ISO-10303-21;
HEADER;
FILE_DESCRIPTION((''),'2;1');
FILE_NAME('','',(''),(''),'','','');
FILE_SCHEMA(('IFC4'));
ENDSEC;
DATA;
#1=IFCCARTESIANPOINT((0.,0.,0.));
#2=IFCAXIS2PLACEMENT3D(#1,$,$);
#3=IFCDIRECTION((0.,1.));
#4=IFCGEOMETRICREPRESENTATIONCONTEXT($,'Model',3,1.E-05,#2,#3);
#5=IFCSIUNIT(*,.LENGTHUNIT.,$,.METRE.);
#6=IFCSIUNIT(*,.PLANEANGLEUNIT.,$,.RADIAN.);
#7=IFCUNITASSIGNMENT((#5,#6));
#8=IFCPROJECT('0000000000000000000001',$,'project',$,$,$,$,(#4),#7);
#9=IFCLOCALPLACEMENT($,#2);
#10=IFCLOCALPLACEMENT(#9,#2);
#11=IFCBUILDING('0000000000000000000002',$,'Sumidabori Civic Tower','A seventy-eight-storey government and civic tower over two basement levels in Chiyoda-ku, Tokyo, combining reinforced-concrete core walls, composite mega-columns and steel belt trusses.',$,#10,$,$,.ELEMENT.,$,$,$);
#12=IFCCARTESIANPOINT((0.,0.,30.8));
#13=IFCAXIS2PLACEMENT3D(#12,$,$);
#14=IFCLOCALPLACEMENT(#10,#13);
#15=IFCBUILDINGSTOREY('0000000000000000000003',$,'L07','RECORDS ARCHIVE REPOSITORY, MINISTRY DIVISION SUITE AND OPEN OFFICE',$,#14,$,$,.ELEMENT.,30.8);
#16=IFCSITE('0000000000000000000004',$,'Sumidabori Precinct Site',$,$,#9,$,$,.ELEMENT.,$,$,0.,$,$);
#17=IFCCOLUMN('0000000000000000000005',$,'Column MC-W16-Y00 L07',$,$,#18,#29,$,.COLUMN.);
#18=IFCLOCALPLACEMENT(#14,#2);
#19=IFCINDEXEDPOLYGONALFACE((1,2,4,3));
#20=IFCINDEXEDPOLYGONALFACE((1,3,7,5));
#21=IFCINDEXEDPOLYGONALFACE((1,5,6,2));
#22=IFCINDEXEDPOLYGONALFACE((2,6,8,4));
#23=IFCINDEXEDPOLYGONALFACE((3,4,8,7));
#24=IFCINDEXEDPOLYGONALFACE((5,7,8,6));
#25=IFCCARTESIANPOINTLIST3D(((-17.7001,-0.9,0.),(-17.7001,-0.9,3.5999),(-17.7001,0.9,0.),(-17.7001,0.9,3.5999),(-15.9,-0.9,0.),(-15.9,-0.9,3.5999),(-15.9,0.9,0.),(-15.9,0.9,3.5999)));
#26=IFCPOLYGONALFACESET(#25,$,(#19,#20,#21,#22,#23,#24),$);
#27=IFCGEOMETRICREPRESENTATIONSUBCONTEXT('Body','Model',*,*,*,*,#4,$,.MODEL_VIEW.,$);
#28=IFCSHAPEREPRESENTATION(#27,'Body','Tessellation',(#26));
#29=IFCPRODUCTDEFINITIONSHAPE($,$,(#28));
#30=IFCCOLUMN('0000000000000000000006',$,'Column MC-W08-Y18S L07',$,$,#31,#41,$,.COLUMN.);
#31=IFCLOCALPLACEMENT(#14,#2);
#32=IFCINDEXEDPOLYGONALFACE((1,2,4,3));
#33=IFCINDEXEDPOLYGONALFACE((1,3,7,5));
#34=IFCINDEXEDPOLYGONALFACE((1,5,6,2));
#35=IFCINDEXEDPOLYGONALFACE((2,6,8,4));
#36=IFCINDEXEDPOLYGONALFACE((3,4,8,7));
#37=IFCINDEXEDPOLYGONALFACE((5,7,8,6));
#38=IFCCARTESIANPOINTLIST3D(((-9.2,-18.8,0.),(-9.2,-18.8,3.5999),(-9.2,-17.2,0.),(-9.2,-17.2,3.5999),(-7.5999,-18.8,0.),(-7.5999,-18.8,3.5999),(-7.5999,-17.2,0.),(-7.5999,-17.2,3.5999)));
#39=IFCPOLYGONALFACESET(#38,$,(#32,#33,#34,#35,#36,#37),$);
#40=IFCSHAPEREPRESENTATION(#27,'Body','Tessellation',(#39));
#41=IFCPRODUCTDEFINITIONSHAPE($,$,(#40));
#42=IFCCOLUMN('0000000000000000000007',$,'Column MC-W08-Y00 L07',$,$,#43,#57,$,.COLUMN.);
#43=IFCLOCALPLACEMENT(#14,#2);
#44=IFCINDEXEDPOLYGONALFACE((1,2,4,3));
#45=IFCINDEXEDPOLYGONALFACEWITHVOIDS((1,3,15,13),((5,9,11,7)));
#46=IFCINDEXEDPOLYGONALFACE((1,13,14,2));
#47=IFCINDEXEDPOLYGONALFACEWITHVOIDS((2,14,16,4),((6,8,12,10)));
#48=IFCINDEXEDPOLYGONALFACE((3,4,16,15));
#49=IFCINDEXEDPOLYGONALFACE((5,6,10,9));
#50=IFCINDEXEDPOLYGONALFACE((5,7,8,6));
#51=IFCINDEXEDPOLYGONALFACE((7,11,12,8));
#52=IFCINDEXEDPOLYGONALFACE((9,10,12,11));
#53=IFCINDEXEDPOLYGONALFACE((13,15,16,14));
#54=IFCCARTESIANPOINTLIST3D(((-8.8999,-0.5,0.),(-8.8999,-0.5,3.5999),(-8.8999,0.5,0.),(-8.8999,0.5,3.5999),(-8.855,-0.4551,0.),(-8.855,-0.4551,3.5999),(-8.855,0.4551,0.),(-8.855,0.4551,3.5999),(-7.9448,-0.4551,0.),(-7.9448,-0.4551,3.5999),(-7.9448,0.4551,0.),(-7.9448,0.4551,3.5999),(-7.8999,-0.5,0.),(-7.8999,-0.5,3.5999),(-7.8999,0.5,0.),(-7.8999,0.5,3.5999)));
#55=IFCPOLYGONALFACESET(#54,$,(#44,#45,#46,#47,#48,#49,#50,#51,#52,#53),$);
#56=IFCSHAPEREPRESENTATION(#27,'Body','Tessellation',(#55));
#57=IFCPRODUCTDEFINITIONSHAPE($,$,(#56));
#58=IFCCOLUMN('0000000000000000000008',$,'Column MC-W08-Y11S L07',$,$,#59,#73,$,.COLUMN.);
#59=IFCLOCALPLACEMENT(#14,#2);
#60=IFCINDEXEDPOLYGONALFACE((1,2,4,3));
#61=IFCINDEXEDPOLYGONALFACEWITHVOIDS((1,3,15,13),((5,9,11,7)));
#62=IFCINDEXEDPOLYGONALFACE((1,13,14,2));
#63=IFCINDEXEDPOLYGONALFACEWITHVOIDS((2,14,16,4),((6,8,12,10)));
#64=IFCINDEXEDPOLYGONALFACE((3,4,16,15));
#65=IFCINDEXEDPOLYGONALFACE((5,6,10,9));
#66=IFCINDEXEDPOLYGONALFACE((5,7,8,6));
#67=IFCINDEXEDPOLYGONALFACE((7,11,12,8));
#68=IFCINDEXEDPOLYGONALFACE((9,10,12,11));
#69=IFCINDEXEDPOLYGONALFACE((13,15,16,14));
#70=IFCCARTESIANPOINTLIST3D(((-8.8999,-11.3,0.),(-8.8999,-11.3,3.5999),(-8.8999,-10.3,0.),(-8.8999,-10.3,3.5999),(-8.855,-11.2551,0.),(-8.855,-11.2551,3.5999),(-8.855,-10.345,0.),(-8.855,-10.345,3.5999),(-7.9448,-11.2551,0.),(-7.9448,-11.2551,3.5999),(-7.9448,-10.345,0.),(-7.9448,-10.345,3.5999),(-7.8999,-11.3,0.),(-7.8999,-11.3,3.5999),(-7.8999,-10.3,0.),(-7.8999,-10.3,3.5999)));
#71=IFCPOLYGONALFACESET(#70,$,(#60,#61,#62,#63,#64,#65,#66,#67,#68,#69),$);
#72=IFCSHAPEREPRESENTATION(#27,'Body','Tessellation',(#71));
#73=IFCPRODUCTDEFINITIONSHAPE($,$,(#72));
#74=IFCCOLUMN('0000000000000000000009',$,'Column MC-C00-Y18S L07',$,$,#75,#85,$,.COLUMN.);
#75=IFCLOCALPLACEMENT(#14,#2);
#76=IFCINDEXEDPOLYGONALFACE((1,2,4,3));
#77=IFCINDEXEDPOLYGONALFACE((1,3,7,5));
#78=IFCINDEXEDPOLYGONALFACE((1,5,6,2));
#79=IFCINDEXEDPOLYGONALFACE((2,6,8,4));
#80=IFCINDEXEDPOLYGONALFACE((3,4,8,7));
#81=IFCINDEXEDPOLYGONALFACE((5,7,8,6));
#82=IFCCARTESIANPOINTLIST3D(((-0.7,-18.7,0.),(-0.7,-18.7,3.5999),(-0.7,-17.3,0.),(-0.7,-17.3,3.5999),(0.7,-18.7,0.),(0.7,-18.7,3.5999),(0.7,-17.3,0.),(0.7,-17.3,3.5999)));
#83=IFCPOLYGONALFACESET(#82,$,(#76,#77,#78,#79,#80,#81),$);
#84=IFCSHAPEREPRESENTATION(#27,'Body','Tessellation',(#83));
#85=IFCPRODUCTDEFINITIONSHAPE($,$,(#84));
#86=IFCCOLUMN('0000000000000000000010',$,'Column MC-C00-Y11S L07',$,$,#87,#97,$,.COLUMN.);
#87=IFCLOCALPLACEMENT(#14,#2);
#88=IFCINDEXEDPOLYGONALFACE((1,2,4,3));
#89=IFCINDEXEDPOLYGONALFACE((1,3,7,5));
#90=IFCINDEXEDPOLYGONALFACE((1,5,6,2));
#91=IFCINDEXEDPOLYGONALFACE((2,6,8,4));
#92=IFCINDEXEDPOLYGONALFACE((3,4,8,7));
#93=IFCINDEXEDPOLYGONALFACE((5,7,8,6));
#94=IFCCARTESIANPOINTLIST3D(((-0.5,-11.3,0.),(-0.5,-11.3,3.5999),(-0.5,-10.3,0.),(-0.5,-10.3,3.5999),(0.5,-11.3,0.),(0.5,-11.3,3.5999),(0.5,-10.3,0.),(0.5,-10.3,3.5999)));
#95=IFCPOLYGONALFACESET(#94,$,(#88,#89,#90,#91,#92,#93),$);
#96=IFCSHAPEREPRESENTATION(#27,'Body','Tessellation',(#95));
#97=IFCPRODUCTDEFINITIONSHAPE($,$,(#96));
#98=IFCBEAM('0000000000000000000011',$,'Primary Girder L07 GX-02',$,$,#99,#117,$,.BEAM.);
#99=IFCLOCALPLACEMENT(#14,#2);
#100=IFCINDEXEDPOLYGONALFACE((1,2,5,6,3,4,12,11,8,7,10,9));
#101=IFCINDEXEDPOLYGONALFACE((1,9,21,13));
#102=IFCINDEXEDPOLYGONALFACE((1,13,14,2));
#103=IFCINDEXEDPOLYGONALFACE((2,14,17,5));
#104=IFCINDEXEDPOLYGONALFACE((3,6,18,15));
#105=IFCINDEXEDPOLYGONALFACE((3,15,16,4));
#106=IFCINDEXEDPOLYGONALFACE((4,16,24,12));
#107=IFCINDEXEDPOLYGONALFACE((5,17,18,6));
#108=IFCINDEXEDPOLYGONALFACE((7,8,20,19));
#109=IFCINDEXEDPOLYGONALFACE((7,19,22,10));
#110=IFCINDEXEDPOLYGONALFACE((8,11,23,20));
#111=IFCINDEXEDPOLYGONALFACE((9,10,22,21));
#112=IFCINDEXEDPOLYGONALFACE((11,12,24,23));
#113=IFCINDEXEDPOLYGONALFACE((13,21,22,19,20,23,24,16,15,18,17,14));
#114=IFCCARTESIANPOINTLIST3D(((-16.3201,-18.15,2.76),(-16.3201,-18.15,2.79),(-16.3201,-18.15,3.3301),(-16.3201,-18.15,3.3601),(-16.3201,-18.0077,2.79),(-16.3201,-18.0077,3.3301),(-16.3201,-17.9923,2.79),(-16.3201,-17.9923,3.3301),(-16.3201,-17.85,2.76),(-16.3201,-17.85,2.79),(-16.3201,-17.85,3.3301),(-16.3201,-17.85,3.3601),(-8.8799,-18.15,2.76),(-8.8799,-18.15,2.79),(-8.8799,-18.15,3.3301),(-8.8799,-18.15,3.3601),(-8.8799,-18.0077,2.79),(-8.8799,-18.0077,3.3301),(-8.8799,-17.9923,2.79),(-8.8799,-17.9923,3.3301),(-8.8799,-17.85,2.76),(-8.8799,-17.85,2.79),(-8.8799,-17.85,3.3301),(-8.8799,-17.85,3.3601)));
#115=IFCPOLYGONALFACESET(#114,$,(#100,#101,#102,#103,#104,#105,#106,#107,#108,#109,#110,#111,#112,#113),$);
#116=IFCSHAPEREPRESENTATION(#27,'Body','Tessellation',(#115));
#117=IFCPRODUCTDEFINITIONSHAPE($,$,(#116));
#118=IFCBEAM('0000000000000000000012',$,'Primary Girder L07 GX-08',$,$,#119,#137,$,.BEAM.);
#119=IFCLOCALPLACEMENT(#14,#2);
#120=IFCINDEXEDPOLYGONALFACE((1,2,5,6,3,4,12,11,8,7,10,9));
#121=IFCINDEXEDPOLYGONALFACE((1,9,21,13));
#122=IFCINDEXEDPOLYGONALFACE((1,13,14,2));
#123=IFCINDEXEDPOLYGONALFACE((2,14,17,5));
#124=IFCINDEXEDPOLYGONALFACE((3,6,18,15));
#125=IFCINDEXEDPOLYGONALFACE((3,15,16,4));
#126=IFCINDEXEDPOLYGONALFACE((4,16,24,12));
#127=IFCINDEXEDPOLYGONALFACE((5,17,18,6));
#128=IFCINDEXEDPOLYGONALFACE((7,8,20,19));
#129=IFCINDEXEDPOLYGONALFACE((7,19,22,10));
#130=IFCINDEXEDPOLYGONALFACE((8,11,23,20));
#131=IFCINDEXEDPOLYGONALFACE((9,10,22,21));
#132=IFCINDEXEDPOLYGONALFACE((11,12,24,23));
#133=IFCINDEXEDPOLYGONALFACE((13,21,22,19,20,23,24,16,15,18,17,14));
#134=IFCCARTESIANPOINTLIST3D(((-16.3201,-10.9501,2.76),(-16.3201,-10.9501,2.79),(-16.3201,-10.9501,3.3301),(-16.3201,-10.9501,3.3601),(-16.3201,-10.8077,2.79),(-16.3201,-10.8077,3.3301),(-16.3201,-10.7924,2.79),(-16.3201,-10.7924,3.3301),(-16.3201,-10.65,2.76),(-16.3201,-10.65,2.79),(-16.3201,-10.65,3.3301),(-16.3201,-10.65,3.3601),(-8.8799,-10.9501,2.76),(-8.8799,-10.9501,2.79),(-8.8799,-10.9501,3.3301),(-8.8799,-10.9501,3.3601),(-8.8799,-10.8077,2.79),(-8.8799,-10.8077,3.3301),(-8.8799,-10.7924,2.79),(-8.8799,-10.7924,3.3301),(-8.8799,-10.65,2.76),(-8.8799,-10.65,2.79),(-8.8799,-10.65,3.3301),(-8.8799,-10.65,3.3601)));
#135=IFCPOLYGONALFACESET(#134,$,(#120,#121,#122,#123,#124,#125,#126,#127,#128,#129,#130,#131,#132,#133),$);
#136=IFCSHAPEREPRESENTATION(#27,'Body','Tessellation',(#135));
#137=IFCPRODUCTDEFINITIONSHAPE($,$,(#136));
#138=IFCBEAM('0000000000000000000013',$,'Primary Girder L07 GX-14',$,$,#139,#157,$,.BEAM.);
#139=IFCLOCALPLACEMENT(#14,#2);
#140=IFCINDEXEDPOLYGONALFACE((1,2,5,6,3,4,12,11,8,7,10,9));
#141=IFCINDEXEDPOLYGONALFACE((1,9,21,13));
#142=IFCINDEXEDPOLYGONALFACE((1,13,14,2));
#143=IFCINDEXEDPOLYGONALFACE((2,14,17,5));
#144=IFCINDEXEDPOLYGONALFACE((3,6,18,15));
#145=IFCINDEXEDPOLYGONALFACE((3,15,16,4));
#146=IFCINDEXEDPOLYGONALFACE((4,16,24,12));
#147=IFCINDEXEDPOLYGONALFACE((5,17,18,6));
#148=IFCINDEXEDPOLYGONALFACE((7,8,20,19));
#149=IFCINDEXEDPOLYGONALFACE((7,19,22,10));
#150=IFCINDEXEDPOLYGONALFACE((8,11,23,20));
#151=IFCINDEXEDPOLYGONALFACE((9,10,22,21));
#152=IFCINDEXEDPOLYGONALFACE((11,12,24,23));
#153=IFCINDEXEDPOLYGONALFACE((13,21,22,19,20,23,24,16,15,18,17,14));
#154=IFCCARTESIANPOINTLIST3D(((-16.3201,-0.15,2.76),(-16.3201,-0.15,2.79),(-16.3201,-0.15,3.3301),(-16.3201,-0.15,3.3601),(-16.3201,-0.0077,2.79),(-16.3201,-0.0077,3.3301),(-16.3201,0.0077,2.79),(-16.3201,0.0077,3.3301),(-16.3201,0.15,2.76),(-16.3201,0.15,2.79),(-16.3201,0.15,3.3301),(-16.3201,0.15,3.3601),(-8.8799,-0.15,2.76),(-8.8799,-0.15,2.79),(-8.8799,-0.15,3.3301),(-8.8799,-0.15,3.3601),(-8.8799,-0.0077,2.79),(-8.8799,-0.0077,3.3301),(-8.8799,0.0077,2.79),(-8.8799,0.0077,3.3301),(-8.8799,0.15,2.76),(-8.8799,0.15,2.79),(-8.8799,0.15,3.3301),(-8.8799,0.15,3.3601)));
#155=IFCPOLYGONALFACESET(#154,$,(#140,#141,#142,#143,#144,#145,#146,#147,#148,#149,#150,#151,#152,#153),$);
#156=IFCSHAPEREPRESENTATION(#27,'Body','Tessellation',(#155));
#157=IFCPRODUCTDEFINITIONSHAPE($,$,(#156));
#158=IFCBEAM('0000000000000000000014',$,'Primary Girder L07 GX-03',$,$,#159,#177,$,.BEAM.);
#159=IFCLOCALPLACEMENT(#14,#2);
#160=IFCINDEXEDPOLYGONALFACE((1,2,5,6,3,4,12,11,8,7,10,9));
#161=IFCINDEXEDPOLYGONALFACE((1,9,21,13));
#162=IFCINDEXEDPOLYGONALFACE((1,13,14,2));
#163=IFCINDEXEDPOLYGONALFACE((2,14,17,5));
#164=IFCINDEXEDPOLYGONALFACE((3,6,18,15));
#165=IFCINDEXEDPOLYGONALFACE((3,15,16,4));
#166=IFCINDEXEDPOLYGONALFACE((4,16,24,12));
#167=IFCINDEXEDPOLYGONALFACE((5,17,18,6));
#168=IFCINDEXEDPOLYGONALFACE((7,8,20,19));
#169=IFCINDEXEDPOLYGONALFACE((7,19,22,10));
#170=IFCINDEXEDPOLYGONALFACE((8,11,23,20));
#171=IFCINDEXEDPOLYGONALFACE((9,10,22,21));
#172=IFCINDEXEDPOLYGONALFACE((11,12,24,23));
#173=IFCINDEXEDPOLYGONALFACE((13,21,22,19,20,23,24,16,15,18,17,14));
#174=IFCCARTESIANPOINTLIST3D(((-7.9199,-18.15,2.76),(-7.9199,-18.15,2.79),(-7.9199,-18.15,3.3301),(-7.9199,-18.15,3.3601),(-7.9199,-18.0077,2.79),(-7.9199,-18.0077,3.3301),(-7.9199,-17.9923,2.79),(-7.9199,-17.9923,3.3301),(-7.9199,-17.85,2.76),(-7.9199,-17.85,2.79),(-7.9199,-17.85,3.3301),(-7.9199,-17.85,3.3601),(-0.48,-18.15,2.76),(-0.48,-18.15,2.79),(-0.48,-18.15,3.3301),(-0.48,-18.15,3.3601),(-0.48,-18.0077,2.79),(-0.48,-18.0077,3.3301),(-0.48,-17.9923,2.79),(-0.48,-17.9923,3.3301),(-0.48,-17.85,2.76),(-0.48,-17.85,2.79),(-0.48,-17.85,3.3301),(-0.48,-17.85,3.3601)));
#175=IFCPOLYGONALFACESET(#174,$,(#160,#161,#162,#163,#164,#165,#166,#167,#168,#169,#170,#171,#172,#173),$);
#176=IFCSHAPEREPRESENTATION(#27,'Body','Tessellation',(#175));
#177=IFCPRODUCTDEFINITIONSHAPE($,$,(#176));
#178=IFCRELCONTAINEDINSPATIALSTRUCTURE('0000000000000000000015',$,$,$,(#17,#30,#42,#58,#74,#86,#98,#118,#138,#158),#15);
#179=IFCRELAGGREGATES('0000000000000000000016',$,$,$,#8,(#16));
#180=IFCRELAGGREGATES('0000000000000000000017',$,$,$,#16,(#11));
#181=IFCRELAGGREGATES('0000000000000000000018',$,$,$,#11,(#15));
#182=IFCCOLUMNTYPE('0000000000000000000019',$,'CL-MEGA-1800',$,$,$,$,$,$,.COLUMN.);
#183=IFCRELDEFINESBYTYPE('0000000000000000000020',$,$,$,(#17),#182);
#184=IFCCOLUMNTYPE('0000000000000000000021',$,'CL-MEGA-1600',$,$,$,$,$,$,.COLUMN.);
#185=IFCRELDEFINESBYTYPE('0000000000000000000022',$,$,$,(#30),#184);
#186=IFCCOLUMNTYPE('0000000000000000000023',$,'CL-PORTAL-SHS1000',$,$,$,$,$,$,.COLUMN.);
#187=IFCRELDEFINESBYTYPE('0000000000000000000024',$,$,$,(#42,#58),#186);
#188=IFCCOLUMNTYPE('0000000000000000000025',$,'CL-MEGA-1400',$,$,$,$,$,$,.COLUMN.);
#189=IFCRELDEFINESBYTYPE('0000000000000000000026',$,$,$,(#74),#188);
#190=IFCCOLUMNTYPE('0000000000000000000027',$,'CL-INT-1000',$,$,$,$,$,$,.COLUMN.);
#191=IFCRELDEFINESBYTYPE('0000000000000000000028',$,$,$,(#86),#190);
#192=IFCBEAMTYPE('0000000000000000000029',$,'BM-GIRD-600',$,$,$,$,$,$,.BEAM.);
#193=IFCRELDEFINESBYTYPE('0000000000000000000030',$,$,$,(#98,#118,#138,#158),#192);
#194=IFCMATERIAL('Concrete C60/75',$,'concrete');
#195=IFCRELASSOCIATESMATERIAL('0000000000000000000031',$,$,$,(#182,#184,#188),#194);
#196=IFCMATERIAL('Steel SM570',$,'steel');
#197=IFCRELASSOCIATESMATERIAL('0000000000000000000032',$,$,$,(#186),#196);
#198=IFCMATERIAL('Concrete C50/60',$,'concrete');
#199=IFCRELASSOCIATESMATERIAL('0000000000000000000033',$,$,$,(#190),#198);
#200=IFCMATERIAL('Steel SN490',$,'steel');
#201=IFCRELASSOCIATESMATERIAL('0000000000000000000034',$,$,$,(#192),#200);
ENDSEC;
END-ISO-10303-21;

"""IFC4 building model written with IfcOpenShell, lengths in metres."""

from ifc_helpers import new_model, si_unit, direction, frame, origin, origin_2d, place, context, subcontext, project, spatial, rectangle, hollow_rectangle, i_section, extrude, source, transform, mapped, material, material_profile, profile_set, type_object, element, save


model = new_model("IFC4")

# Units and contexts
model_context = context("Model", 3, precision=1e-05, world=origin(), true_north=direction((0.0, 1.0)))
body_context = subcontext(model_context, "Body", "Model", "MODEL_VIEW")
ifc_project = project(units=[si_unit("LENGTHUNIT", "METRE"), si_unit("PLANEANGLEUNIT", "RADIAN")], contexts=[model_context])

# Site, building, storey
site_placement = place(None, origin())
site = spatial("IfcSite", under=ifc_project, at=site_placement, Name="Sumidabori Precinct Site", CompositionType="ELEMENT", RefElevation=0.0)
building_placement = place(site_placement, origin())
building = spatial("IfcBuilding", under=site, at=building_placement, Name="Sumidabori Civic Tower", Description="A seventy-eight-storey government and civic tower over two basement levels in Chiyoda-ku, Tokyo, combining reinforced-concrete core walls, composite mega-columns and steel belt trusses.", CompositionType="ELEMENT")
storey_placement = place(building_placement, frame((0.0, 0.0, 30.8)))
storey = spatial("IfcBuildingStorey", under=building, at=storey_placement, Name="L07", Description="RECORDS ARCHIVE REPOSITORY, MINISTRY DIVISION SUITE AND OPEN OFFICE", CompositionType="ELEMENT", Elevation=30.8)

# Columns
ifc_material_1 = material(Name="Concrete C60/75", Category="concrete")
ifc_material_profile_1 = material_profile(ifc_material_1, rectangle(XDim=1.8, YDim=1.8, at=origin_2d()), Name="RC 1800x1800")
ifc_profile_set_1 = profile_set([ifc_material_profile_1], Name="Concrete C60/75")
column_type_1 = type_object("IfcColumnType", Name="CL-MEGA-1800", PredefinedType="COLUMN", material=ifc_profile_set_1)
shared_shape_1 = source(origin(), body_context, "Body", "SweptSolid", [
    extrude(rectangle(XDim=1.8, YDim=1.8, at=origin_2d()), origin(), (0.0, 0.0, 1.0), 3.5999),
])
column_1_placement = place(storey_placement, frame((-16.8, 0.0, 0.0), z_axis=(0.0, 0.0, 1.0), x_axis=(1.0, 0.0, 0.0)))
element("IfcColumn", 1, at=column_1_placement, inside=storey, type_object=column_type_1, Name="Column MC-W16-Y00 L07", PredefinedType="COLUMN", context=body_context, shape_type="MappedRepresentation", body=[
    mapped(shared_shape_1, transform((0.0, 0.0, 0.0), x_axis=(1.0, 0.0, 0.0), y_axis=(0.0, 1.0, 0.0), z_axis=(0.0, 0.0, 1.0), scale=1.0)),
])
ifc_material_profile_2 = material_profile(ifc_material_1, rectangle(XDim=1.6001, YDim=1.6001, at=origin_2d()), Name="RC 1600x1600")
ifc_profile_set_2 = profile_set([ifc_material_profile_2], Name="Concrete C60/75")
column_type_2 = type_object("IfcColumnType", Name="CL-MEGA-1600", PredefinedType="COLUMN", material=ifc_profile_set_2)
shared_shape_2 = source(origin(), body_context, "Body", "SweptSolid", [
    extrude(rectangle(XDim=1.6001, YDim=1.6001, at=origin_2d()), origin(), (0.0, 0.0, 1.0), 3.5999),
])
column_2_placement = place(storey_placement, frame((-8.3999, -18.0, 0.0), z_axis=(0.0, 0.0, 1.0), x_axis=(1.0, 0.0, 0.0)))
element("IfcColumn", 2, at=column_2_placement, inside=storey, type_object=column_type_2, Name="Column MC-W08-Y18S L07", PredefinedType="COLUMN", context=body_context, shape_type="MappedRepresentation", body=[
    mapped(shared_shape_2, transform((0.0, 0.0, 0.0), x_axis=(1.0, 0.0, 0.0), y_axis=(0.0, 1.0, 0.0), z_axis=(0.0, 0.0, 1.0), scale=1.0)),
])
ifc_material_2 = material(Name="Steel SM570", Category="steel")
ifc_material_profile_3 = material_profile(ifc_material_2, hollow_rectangle(XDim=1.0, YDim=1.0, WallThickness=0.0449, at=origin_2d()), Name="SHS 1000x1000x45")
ifc_profile_set_3 = profile_set([ifc_material_profile_3], Name="Steel SM570")
column_type_3 = type_object("IfcColumnType", Name="CL-PORTAL-SHS1000", PredefinedType="COLUMN", material=ifc_profile_set_3)
shared_shape_3 = source(origin(), body_context, "Body", "SweptSolid", [
    extrude(hollow_rectangle(XDim=1.0, YDim=1.0, WallThickness=0.0449, at=origin_2d()), origin(), (0.0, 0.0, 1.0), 3.5999),
])
for number, where, z_axis, x_axis, name in (
    (3, (-8.3999, 0.0, 0.0), (0.0, 0.0, 1.0), (1.0, 0.0, 0.0), "Column MC-W08-Y00 L07"),
    (4, (-8.3999, -10.8, 0.0), (0.0, 0.0, 1.0), (1.0, 0.0, 0.0), "Column MC-W08-Y11S L07"),
):
    element("IfcColumn", number, at=place(storey_placement, frame(where, z_axis=z_axis, x_axis=x_axis)), inside=storey, type_object=column_type_3, Name=name, PredefinedType="COLUMN", context=body_context, shape_type="MappedRepresentation", body=[
        mapped(shared_shape_3, transform((0.0, 0.0, 0.0), x_axis=(1.0, 0.0, 0.0), y_axis=(0.0, 1.0, 0.0), z_axis=(0.0, 0.0, 1.0), scale=1.0)),
    ])
ifc_material_profile_4 = material_profile(ifc_material_1, rectangle(XDim=1.3999, YDim=1.3999, at=origin_2d()), Name="RC 1400x1400")
ifc_profile_set_4 = profile_set([ifc_material_profile_4], Name="Concrete C60/75")
column_type_4 = type_object("IfcColumnType", Name="CL-MEGA-1400", PredefinedType="COLUMN", material=ifc_profile_set_4)
shared_shape_4 = source(origin(), body_context, "Body", "SweptSolid", [
    extrude(rectangle(XDim=1.3999, YDim=1.3999, at=origin_2d()), origin(), (0.0, 0.0, 1.0), 3.5999),
])
column_3_placement = place(storey_placement, frame((0.0, -18.0, 0.0), z_axis=(0.0, 0.0, 1.0), x_axis=(1.0, 0.0, 0.0)))
element("IfcColumn", 5, at=column_3_placement, inside=storey, type_object=column_type_4, Name="Column MC-C00-Y18S L07", PredefinedType="COLUMN", context=body_context, shape_type="MappedRepresentation", body=[
    mapped(shared_shape_4, transform((0.0, 0.0, 0.0), x_axis=(1.0, 0.0, 0.0), y_axis=(0.0, 1.0, 0.0), z_axis=(0.0, 0.0, 1.0), scale=1.0)),
])
ifc_material_3 = material(Name="Concrete C50/60", Category="concrete")
ifc_material_profile_5 = material_profile(ifc_material_3, rectangle(XDim=1.0, YDim=1.0, at=origin_2d()), Name="RC 1000x1000")
ifc_profile_set_5 = profile_set([ifc_material_profile_5], Name="Concrete C50/60")
column_type_5 = type_object("IfcColumnType", Name="CL-INT-1000", PredefinedType="COLUMN", material=ifc_profile_set_5)
shared_shape_5 = source(origin(), body_context, "Body", "SweptSolid", [
    extrude(rectangle(XDim=1.0, YDim=1.0, at=origin_2d()), origin(), (0.0, 0.0, 1.0), 3.5999),
])
column_4_placement = place(storey_placement, frame((0.0, -10.8, 0.0), z_axis=(0.0, 0.0, 1.0), x_axis=(1.0, 0.0, 0.0)))
element("IfcColumn", 6, at=column_4_placement, inside=storey, type_object=column_type_5, Name="Column MC-C00-Y11S L07", PredefinedType="COLUMN", context=body_context, shape_type="MappedRepresentation", body=[
    mapped(shared_shape_5, transform((0.0, 0.0, 0.0), x_axis=(1.0, 0.0, 0.0), y_axis=(0.0, 1.0, 0.0), z_axis=(0.0, 0.0, 1.0), scale=1.0)),
])

# Beams
ifc_material_4 = material(Name="Steel SN490", Category="steel")
ifc_material_profile_6 = material_profile(ifc_material_4, i_section(OverallWidth=0.3, OverallDepth=0.6001, WebThickness=0.0154, FlangeThickness=0.03, at=origin_2d()), Name="HE 600 B")
ifc_profile_set_6 = profile_set([ifc_material_profile_6], Name="Steel SN490")
beam_type_1 = type_object("IfcBeamType", Name="BM-GIRD-600", PredefinedType="BEAM", material=ifc_profile_set_6)
shared_shape_6 = source(origin(), body_context, "Body", "SweptSolid", [
    extrude(i_section(OverallWidth=0.3, OverallDepth=0.6001, WebThickness=0.0154, FlangeThickness=0.03, at=origin_2d()), origin(), (0.0, 0.0, 1.0), 7.4402),
])
for number, where, z_axis, x_axis, name in (
    (7, (-16.3201, -18.0, 3.0601), (1.0, 0.0, 0.0), (0.0, 1.0, 0.0), "Primary Girder L07 GX-02"),
    (8, (-16.3201, -10.8, 3.0601), (1.0, 0.0, 0.0), (0.0, 1.0, 0.0), "Primary Girder L07 GX-08"),
    (9, (-16.3201, 0.0, 3.0601), (1.0, 0.0, 0.0), (0.0, 1.0, 0.0), "Primary Girder L07 GX-14"),
):
    element("IfcBeam", number, at=place(storey_placement, frame(where, z_axis=z_axis, x_axis=x_axis)), inside=storey, type_object=beam_type_1, Name=name, PredefinedType="BEAM", context=body_context, shape_type="MappedRepresentation", body=[
        mapped(shared_shape_6, transform((0.0, 0.0, 0.0), x_axis=(1.0, 0.0, 0.0), y_axis=(0.0, 1.0, 0.0), z_axis=(0.0, 0.0, 1.0), scale=1.0)),
    ])
shared_shape_7 = source(origin(), body_context, "Body", "SweptSolid", [
    extrude(i_section(OverallWidth=0.3, OverallDepth=0.6001, WebThickness=0.0154, FlangeThickness=0.03, at=origin_2d()), origin(), (0.0, 0.0, 1.0), 7.4399),
])
for number, where, z_axis, x_axis, name in (
    (10, (-7.9199, -18.0, 3.0601), (1.0, 0.0, 0.0), (0.0, 1.0, 0.0), "Primary Girder L07 GX-03"),
):
    element("IfcBeam", number, at=place(storey_placement, frame(where, z_axis=z_axis, x_axis=x_axis)), inside=storey, type_object=beam_type_1, Name=name, PredefinedType="BEAM", context=body_context, shape_type="MappedRepresentation", body=[
        mapped(shared_shape_7, transform((0.0, 0.0, 0.0), x_axis=(1.0, 0.0, 0.0), y_axis=(0.0, 1.0, 0.0), z_axis=(0.0, 0.0, 1.0), scale=1.0)),
    ])

save(model, "model.ifc")
